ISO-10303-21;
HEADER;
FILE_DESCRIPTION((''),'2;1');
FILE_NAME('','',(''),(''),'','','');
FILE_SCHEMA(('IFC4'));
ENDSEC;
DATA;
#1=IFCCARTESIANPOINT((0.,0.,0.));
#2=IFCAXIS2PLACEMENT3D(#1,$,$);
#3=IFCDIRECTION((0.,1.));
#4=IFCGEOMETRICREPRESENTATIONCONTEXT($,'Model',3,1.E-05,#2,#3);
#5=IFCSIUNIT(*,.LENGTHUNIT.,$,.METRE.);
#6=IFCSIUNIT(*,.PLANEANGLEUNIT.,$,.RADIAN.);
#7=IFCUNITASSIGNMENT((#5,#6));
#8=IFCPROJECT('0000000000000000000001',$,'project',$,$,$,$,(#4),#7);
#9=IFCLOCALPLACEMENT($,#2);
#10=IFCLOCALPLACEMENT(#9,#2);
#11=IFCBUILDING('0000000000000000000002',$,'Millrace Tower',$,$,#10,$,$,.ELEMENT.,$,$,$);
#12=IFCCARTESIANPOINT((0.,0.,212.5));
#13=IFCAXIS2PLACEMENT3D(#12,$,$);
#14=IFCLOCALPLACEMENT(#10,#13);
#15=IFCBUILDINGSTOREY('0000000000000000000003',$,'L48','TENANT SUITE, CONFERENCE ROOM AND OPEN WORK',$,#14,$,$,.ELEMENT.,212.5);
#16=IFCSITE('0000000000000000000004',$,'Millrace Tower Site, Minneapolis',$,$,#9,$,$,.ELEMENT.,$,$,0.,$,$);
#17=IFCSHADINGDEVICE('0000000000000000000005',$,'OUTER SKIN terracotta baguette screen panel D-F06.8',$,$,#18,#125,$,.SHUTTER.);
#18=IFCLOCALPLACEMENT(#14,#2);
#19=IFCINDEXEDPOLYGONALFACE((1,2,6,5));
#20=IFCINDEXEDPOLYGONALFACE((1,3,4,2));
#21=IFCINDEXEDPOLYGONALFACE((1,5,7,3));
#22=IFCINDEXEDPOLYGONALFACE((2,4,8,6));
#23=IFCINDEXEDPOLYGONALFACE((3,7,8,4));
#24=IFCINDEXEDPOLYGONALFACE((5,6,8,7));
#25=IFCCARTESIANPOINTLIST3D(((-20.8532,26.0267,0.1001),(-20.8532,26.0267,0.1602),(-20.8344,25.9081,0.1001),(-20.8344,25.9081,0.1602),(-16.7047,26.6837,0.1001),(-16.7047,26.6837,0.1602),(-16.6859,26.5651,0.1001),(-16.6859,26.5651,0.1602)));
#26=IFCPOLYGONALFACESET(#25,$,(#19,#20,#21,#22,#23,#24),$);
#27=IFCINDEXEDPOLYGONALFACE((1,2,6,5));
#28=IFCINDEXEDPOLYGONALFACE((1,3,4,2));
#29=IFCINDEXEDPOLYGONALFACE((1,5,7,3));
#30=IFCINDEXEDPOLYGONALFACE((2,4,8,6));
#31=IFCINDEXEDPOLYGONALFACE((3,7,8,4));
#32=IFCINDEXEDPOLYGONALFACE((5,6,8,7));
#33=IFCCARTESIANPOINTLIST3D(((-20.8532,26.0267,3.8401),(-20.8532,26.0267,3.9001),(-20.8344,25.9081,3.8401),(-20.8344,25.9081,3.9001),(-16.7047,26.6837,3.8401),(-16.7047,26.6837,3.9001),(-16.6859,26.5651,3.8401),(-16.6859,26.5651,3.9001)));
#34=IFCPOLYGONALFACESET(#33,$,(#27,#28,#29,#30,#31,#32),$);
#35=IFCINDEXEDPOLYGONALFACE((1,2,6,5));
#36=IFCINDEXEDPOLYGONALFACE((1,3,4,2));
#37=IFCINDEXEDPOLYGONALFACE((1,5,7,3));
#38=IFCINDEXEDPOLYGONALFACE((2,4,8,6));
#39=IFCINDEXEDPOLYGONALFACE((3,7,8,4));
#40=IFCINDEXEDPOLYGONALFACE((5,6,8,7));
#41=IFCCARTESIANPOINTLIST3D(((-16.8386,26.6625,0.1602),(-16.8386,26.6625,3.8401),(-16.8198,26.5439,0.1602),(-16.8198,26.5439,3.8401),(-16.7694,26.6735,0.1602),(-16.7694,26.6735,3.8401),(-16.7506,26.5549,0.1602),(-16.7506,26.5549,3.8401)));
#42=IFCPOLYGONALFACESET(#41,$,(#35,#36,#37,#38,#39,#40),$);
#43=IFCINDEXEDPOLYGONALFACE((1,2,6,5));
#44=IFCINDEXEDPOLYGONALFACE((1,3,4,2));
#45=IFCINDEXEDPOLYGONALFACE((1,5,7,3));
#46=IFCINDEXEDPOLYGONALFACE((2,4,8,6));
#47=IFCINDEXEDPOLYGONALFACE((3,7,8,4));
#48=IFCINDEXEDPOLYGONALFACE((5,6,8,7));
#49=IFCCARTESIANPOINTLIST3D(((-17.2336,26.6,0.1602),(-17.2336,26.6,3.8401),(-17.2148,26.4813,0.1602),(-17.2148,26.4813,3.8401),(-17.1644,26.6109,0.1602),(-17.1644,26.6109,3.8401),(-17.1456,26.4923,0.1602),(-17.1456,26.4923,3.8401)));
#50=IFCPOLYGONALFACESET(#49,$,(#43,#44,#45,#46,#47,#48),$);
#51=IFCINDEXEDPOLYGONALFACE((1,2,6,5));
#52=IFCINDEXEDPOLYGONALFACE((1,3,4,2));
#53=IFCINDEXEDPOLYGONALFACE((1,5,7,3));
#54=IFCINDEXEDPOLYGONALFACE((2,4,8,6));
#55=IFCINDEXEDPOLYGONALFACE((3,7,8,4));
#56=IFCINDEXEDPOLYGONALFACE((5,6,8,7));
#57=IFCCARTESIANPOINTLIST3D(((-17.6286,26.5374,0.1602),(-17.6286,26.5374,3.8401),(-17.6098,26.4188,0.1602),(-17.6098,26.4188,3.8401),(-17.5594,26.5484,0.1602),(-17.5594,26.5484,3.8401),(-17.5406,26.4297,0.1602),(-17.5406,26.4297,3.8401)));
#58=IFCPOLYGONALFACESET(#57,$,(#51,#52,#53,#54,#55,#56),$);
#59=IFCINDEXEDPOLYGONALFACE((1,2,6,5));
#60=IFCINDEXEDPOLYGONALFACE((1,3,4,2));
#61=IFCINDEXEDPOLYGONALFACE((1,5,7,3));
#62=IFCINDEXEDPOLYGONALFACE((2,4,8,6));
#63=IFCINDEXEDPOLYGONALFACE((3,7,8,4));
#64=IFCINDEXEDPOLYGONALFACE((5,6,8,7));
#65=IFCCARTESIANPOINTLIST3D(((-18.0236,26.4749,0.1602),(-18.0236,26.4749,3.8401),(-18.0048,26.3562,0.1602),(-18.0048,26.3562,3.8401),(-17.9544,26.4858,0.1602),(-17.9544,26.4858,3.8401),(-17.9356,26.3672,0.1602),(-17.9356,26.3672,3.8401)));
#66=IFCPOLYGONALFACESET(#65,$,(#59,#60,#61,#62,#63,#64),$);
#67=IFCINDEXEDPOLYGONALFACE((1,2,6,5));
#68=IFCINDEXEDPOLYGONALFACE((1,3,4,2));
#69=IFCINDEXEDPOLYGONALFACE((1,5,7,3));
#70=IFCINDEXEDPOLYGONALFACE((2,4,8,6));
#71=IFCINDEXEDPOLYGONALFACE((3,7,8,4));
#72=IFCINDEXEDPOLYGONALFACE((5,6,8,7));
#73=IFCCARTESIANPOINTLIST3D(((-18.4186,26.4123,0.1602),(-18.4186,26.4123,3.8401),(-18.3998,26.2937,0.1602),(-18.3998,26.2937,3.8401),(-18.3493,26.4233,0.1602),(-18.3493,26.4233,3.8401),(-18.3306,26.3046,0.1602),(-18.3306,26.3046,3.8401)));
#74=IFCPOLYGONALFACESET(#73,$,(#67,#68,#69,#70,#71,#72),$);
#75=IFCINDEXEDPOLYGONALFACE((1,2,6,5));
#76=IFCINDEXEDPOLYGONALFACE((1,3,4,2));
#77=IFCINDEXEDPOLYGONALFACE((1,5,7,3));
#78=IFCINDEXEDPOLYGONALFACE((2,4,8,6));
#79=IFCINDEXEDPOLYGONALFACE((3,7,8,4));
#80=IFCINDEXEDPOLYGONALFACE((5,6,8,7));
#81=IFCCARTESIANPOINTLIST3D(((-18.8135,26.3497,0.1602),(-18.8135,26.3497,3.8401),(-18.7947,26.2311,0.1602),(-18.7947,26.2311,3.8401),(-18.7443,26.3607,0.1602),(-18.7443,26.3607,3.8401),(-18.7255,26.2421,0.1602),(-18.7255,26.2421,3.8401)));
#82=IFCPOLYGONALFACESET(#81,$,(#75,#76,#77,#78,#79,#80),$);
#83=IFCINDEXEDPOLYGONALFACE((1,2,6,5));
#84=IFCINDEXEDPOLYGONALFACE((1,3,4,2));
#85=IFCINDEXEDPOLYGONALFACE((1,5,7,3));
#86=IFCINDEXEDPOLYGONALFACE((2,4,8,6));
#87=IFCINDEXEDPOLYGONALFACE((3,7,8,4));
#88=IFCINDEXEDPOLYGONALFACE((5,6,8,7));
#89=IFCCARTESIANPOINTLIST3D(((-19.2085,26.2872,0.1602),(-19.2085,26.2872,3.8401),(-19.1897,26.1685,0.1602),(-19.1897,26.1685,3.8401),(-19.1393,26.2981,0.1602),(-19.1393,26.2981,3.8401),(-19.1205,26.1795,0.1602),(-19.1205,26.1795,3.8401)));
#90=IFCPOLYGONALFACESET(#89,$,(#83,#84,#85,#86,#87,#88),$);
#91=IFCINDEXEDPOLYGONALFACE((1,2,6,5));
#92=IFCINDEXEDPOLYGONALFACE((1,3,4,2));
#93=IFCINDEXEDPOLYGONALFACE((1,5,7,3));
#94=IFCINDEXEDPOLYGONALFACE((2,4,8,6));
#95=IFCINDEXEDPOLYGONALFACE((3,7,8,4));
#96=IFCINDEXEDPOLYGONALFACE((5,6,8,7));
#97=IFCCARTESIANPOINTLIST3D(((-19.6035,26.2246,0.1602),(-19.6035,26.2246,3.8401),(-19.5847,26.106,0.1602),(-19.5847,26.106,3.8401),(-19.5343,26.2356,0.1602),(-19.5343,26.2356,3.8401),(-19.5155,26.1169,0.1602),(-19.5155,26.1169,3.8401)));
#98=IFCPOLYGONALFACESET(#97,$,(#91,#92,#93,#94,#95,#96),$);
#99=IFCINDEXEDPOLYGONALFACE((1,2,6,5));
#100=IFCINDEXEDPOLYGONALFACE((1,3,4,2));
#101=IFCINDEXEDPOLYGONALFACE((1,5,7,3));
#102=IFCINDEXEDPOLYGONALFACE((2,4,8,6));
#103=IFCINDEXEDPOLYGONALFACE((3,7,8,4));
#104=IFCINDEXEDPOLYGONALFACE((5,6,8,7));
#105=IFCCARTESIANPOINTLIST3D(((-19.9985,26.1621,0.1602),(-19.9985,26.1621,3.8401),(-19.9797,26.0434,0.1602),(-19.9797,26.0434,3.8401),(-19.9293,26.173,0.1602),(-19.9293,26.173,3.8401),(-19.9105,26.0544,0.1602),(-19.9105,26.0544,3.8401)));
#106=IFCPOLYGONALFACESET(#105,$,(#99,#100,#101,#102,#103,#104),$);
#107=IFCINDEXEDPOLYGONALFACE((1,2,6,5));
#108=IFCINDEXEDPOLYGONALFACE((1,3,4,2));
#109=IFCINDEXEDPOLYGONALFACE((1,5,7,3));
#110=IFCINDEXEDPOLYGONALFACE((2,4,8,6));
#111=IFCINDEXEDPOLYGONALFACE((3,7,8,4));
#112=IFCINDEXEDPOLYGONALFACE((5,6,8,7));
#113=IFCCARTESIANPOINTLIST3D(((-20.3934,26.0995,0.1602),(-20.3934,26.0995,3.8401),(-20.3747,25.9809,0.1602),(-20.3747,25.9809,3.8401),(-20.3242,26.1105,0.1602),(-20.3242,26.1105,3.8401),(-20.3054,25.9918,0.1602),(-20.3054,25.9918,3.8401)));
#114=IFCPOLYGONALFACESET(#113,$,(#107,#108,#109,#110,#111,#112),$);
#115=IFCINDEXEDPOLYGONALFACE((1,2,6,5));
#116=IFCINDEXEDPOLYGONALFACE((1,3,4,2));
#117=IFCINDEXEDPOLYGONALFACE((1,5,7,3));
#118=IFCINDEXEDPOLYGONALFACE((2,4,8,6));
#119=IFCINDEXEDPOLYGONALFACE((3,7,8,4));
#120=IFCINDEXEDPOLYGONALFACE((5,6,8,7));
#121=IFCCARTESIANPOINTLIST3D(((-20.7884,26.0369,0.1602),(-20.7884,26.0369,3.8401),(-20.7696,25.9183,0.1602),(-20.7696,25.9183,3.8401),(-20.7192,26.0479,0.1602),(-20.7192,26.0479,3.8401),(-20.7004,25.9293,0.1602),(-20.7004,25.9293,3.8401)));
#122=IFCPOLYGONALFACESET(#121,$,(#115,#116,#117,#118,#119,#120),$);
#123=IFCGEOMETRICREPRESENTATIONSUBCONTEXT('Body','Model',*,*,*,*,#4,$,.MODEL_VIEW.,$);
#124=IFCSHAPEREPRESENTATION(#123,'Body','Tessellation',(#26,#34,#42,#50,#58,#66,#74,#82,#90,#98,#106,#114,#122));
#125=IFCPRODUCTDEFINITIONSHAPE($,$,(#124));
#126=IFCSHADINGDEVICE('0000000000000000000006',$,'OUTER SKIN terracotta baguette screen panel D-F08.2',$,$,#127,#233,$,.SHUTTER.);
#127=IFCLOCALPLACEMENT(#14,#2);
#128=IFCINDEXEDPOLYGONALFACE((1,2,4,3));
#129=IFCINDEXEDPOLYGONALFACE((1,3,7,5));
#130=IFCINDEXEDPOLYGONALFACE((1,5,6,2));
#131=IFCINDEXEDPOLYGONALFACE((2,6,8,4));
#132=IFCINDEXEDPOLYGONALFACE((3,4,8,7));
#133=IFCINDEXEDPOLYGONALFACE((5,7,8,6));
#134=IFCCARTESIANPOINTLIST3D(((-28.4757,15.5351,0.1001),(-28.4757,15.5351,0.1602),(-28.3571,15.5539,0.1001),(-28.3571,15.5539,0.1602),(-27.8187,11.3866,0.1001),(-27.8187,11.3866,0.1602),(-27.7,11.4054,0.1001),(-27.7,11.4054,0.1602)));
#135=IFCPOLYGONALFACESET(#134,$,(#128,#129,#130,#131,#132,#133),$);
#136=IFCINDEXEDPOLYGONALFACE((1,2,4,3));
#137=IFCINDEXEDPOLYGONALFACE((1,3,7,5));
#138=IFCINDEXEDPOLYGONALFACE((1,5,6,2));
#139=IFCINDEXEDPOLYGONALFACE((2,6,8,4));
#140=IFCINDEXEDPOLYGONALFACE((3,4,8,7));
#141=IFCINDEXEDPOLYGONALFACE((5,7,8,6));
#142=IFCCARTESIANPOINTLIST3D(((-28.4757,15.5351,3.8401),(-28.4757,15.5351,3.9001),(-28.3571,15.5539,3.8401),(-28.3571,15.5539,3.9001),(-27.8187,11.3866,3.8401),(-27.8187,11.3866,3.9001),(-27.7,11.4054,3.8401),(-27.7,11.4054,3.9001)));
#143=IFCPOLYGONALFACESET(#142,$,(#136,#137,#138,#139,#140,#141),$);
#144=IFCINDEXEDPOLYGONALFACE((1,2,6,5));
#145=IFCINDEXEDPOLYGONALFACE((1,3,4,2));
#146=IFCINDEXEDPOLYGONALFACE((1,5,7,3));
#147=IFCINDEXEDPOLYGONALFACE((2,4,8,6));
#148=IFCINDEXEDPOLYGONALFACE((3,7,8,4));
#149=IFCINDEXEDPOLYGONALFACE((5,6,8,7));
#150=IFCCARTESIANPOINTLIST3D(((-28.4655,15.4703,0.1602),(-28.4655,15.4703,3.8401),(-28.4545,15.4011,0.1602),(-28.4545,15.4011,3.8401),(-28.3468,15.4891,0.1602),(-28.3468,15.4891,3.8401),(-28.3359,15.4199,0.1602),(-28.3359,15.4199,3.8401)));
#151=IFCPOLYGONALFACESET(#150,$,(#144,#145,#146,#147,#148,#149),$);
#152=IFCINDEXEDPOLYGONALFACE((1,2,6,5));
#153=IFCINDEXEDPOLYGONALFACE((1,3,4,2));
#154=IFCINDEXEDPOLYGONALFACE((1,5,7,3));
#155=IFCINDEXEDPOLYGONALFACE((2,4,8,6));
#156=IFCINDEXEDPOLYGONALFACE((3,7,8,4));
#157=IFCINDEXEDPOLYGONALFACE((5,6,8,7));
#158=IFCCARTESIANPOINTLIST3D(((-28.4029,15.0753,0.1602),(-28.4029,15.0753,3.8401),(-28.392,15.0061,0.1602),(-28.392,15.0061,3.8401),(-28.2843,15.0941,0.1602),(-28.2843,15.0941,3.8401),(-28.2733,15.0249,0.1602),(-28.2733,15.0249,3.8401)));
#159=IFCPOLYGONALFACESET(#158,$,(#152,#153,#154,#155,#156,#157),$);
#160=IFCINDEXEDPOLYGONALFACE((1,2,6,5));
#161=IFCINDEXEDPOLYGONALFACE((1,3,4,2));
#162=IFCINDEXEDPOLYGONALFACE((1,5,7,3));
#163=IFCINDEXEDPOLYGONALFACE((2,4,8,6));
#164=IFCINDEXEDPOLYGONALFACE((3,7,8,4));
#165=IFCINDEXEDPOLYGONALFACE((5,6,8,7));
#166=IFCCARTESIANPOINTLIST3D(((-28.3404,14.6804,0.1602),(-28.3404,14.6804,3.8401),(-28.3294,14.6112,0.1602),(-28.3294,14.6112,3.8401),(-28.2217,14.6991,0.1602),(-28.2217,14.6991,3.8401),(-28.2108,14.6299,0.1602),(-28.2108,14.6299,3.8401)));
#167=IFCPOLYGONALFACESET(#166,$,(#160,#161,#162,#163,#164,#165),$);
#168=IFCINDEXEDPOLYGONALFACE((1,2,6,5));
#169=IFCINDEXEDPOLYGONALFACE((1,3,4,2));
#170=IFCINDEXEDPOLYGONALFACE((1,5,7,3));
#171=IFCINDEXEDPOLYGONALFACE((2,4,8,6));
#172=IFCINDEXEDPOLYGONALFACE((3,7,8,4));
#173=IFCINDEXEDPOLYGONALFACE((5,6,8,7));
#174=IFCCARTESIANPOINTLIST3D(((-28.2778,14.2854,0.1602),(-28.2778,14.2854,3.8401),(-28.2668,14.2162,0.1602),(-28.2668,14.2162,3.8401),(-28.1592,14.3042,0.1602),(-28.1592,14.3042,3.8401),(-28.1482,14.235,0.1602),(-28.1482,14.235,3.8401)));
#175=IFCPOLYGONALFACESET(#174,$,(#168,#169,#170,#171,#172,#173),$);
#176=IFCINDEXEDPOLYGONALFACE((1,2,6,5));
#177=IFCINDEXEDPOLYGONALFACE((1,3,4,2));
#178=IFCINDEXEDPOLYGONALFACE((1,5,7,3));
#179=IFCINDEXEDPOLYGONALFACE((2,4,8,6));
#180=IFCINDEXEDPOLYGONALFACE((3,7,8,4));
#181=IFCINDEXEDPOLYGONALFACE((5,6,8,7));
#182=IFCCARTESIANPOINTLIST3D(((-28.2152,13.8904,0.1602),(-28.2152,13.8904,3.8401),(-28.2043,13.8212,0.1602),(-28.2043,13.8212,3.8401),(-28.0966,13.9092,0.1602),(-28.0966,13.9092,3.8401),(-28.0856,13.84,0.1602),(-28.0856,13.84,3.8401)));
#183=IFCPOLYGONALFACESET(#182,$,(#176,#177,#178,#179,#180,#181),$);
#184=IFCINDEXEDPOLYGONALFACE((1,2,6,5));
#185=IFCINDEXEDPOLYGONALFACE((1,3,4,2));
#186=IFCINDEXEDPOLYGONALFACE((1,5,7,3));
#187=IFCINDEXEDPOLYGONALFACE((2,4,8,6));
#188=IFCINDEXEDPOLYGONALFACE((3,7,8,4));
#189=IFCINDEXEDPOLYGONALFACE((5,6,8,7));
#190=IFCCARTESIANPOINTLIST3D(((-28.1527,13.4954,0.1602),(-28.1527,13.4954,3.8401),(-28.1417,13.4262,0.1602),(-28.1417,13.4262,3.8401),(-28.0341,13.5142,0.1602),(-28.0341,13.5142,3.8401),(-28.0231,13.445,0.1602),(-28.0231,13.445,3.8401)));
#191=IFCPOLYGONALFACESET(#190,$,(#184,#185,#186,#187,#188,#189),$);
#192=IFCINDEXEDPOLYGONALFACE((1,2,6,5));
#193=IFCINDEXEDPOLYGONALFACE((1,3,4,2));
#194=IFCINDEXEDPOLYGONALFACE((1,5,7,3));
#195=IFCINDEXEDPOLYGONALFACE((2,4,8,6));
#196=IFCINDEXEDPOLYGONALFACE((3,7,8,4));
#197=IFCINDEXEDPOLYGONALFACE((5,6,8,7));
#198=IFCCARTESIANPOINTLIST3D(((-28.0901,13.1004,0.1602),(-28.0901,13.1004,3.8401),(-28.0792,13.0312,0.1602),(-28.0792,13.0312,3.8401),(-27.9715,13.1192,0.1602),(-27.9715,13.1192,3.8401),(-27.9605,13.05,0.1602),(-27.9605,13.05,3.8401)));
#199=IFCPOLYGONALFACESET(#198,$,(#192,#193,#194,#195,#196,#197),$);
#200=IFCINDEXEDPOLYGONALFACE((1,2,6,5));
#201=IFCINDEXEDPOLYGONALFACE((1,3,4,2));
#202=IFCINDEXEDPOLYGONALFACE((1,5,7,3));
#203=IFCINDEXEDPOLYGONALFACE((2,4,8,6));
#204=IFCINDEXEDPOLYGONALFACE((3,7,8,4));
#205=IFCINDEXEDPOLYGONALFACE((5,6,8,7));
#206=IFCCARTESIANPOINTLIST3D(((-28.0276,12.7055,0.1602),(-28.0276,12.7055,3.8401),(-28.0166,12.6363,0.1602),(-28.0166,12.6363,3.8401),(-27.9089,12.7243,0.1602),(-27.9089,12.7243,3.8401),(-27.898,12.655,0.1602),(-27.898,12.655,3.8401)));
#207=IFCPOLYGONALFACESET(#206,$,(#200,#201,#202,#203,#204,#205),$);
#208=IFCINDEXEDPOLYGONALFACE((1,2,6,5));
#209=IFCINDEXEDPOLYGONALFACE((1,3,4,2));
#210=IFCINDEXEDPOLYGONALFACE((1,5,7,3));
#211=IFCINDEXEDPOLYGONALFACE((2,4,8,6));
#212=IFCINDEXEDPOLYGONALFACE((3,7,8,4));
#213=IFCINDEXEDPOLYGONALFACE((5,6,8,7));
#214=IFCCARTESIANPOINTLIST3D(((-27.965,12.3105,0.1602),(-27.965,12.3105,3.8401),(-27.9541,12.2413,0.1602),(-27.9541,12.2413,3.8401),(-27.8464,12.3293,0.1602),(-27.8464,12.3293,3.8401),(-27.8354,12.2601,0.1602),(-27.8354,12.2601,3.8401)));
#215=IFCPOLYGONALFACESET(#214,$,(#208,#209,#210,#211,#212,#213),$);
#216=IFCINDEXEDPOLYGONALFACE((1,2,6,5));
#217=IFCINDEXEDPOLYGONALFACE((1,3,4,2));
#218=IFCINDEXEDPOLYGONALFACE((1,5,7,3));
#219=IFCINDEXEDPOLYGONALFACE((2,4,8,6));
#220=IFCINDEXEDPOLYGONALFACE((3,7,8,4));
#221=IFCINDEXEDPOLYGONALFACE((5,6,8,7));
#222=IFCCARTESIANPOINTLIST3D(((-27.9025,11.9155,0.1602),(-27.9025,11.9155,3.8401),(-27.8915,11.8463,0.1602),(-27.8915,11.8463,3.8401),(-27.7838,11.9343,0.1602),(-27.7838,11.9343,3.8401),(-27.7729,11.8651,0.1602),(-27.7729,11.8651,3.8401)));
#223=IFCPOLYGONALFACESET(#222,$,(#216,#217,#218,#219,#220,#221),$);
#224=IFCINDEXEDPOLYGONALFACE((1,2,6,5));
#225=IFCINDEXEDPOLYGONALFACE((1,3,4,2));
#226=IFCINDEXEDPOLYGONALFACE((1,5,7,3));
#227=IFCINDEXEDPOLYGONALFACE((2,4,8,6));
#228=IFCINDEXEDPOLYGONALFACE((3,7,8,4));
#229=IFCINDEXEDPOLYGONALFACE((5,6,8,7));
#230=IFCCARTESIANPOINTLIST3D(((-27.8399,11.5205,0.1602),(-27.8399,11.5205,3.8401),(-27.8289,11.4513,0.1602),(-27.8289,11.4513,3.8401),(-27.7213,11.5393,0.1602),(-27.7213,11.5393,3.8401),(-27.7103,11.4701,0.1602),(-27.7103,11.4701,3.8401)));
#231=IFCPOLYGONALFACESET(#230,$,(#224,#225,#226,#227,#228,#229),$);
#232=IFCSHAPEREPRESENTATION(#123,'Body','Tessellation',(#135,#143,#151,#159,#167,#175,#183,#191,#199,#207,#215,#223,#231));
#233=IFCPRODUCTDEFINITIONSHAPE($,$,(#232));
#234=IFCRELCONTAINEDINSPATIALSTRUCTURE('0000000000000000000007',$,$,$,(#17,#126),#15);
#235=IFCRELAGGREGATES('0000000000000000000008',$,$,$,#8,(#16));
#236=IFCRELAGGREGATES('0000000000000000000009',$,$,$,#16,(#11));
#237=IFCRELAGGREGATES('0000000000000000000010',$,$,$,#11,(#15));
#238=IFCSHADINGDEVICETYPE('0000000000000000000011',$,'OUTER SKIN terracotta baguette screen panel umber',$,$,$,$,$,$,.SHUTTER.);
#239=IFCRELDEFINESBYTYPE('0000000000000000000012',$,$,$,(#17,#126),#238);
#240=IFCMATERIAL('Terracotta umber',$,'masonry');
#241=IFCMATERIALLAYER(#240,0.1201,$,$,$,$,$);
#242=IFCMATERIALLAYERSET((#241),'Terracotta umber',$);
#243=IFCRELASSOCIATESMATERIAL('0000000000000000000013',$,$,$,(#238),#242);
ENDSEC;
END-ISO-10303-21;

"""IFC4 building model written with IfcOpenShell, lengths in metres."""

from ifc_helpers import new_model, entity, si_unit, direction, frame, frame_2d, origin, origin_2d, place, context, subcontext, project, spatial, rectangle, extrude, source, transform, mapped, material, layer, layer_set, type_object, element, save


model = new_model("IFC4")

# Units and contexts
model_context = context("Model", 3, precision=1e-05, world=origin(), true_north=direction((0.0, 1.0)))
body_context = subcontext(model_context, "Body", "Model", "MODEL_VIEW")
ifc_project = project(units=[si_unit("LENGTHUNIT", "METRE"), si_unit("PLANEANGLEUNIT", "RADIAN")], contexts=[model_context])

# Site, building, storey
site_placement = place(None, origin())
site = spatial("IfcSite", under=ifc_project, at=site_placement, Name="Millrace Tower Site, Minneapolis", CompositionType="ELEMENT", RefElevation=0.0)
building_placement = place(site_placement, origin())
building = spatial("IfcBuilding", under=site, at=building_placement, Name="Millrace Tower", CompositionType="ELEMENT")
storey_placement = place(building_placement, frame((0.0, 0.0, 212.5)))
storey = spatial("IfcBuildingStorey", under=building, at=storey_placement, Name="L48", Description="TENANT SUITE, CONFERENCE ROOM AND OPEN WORK", CompositionType="ELEMENT", Elevation=212.5)

# Shading devices
ifc_material_1 = material(Name="Terracotta umber", Category="masonry")
ifc_layer_1 = layer(ifc_material_1, 0.1201)
ifc_layer_set_1 = layer_set([ifc_layer_1], Name="Terracotta umber")
shading_device_type = type_object("IfcShadingDeviceType", Name="OUTER SKIN terracotta baguette screen panel umber", PredefinedType="SHUTTER", material=ifc_layer_set_1)
cartesian_point_1 = entity("IfcCartesianPoint", [-2.1001, 0.0601])
shared_polyline_1 = entity("IfcPolyline", [cartesian_point_1, entity("IfcCartesianPoint", [2.1001, 0.0601]), entity("IfcCartesianPoint", [2.1001, -0.0601]), entity("IfcCartesianPoint", [-2.1001, -0.0601]), cartesian_point_1])
shared_shape_1 = source(origin(), body_context, "Body", "SweptSolid", [
    entity("IfcExtrudedAreaSolid", entity("IfcArbitraryClosedProfileDef", "AREA", None, shared_polyline_1), entity("IfcAxis2Placement3D", entity("IfcCartesianPoint", [0.0, 0.0, 0.0])), entity("IfcDirection", [0.0, 0.0, 1.0]), 0.0601),
    entity("IfcExtrudedAreaSolid", entity("IfcArbitraryClosedProfileDef", "AREA", None, shared_polyline_1), entity("IfcAxis2Placement3D", entity("IfcCartesianPoint", [0.0, 0.0, 3.74])), entity("IfcDirection", [0.0, 0.0, 1.0]), 0.0601),
    extrude(rectangle(XDim=0.0701, YDim=0.1201, at=frame_2d((-1.9995, 0.0))), frame((0.0, 0.0, 0.0601)), (0.0, 0.0, 1.0), 3.6799),
    extrude(rectangle(XDim=0.0701, YDim=0.1201, at=frame_2d((-1.5996, 0.0))), frame((0.0, 0.0, 0.0601)), (0.0, 0.0, 1.0), 3.6799),
    extrude(rectangle(XDim=0.0701, YDim=0.1201, at=frame_2d((-1.1997, 0.0))), frame((0.0, 0.0, 0.0601)), (0.0, 0.0, 1.0), 3.6799),
    extrude(rectangle(XDim=0.0701, YDim=0.1201, at=frame_2d((-0.7998, 0.0))), frame((0.0, 0.0, 0.0601)), (0.0, 0.0, 1.0), 3.6799),
    extrude(rectangle(XDim=0.0701, YDim=0.1201, at=frame_2d((-0.3999, 0.0))), frame((0.0, 0.0, 0.0601)), (0.0, 0.0, 1.0), 3.6799),
    extrude(rectangle(XDim=0.0701, YDim=0.1201, at=origin_2d()), frame((0.0, 0.0, 0.0601)), (0.0, 0.0, 1.0), 3.6799),
    extrude(rectangle(XDim=0.0701, YDim=0.1201, at=frame_2d((0.3999, 0.0))), frame((0.0, 0.0, 0.0601)), (0.0, 0.0, 1.0), 3.6799),
    extrude(rectangle(XDim=0.0701, YDim=0.1201, at=frame_2d((0.7998, 0.0))), frame((0.0, 0.0, 0.0601)), (0.0, 0.0, 1.0), 3.6799),
    extrude(rectangle(XDim=0.0701, YDim=0.1201, at=frame_2d((1.1997, 0.0))), frame((0.0, 0.0, 0.0601)), (0.0, 0.0, 1.0), 3.6799),
    extrude(rectangle(XDim=0.0701, YDim=0.1201, at=frame_2d((1.5996, 0.0))), frame((0.0, 0.0, 0.0601)), (0.0, 0.0, 1.0), 3.6799),
    extrude(rectangle(XDim=0.0701, YDim=0.1201, at=frame_2d((1.9995, 0.0))), frame((0.0, 0.0, 0.0601)), (0.0, 0.0, 1.0), 3.6799),
])
for number, where, z_axis, x_axis, name in (
    (1, (-18.7695, 26.2959, 0.1001), (0.0, 0.0, 1.0), (-0.987688, -0.156434, 0.0), "OUTER SKIN terracotta baguette screen panel D-F06.8"),
    (2, (-28.0879, 13.4702, 0.1001), (0.0, 0.0, 1.0), (0.156434, -0.987688, 0.0), "OUTER SKIN terracotta baguette screen panel D-F08.2"),
):
    element("IfcShadingDevice", number, at=place(storey_placement, frame(where, z_axis=z_axis, x_axis=x_axis)), inside=storey, type_object=shading_device_type, Name=name, PredefinedType="SHUTTER", context=body_context, shape_type="MappedRepresentation", body=[
        mapped(shared_shape_1, transform((0.0, 0.0, 0.0), scale=1.0)),
    ])

save(model, "model.ifc")
